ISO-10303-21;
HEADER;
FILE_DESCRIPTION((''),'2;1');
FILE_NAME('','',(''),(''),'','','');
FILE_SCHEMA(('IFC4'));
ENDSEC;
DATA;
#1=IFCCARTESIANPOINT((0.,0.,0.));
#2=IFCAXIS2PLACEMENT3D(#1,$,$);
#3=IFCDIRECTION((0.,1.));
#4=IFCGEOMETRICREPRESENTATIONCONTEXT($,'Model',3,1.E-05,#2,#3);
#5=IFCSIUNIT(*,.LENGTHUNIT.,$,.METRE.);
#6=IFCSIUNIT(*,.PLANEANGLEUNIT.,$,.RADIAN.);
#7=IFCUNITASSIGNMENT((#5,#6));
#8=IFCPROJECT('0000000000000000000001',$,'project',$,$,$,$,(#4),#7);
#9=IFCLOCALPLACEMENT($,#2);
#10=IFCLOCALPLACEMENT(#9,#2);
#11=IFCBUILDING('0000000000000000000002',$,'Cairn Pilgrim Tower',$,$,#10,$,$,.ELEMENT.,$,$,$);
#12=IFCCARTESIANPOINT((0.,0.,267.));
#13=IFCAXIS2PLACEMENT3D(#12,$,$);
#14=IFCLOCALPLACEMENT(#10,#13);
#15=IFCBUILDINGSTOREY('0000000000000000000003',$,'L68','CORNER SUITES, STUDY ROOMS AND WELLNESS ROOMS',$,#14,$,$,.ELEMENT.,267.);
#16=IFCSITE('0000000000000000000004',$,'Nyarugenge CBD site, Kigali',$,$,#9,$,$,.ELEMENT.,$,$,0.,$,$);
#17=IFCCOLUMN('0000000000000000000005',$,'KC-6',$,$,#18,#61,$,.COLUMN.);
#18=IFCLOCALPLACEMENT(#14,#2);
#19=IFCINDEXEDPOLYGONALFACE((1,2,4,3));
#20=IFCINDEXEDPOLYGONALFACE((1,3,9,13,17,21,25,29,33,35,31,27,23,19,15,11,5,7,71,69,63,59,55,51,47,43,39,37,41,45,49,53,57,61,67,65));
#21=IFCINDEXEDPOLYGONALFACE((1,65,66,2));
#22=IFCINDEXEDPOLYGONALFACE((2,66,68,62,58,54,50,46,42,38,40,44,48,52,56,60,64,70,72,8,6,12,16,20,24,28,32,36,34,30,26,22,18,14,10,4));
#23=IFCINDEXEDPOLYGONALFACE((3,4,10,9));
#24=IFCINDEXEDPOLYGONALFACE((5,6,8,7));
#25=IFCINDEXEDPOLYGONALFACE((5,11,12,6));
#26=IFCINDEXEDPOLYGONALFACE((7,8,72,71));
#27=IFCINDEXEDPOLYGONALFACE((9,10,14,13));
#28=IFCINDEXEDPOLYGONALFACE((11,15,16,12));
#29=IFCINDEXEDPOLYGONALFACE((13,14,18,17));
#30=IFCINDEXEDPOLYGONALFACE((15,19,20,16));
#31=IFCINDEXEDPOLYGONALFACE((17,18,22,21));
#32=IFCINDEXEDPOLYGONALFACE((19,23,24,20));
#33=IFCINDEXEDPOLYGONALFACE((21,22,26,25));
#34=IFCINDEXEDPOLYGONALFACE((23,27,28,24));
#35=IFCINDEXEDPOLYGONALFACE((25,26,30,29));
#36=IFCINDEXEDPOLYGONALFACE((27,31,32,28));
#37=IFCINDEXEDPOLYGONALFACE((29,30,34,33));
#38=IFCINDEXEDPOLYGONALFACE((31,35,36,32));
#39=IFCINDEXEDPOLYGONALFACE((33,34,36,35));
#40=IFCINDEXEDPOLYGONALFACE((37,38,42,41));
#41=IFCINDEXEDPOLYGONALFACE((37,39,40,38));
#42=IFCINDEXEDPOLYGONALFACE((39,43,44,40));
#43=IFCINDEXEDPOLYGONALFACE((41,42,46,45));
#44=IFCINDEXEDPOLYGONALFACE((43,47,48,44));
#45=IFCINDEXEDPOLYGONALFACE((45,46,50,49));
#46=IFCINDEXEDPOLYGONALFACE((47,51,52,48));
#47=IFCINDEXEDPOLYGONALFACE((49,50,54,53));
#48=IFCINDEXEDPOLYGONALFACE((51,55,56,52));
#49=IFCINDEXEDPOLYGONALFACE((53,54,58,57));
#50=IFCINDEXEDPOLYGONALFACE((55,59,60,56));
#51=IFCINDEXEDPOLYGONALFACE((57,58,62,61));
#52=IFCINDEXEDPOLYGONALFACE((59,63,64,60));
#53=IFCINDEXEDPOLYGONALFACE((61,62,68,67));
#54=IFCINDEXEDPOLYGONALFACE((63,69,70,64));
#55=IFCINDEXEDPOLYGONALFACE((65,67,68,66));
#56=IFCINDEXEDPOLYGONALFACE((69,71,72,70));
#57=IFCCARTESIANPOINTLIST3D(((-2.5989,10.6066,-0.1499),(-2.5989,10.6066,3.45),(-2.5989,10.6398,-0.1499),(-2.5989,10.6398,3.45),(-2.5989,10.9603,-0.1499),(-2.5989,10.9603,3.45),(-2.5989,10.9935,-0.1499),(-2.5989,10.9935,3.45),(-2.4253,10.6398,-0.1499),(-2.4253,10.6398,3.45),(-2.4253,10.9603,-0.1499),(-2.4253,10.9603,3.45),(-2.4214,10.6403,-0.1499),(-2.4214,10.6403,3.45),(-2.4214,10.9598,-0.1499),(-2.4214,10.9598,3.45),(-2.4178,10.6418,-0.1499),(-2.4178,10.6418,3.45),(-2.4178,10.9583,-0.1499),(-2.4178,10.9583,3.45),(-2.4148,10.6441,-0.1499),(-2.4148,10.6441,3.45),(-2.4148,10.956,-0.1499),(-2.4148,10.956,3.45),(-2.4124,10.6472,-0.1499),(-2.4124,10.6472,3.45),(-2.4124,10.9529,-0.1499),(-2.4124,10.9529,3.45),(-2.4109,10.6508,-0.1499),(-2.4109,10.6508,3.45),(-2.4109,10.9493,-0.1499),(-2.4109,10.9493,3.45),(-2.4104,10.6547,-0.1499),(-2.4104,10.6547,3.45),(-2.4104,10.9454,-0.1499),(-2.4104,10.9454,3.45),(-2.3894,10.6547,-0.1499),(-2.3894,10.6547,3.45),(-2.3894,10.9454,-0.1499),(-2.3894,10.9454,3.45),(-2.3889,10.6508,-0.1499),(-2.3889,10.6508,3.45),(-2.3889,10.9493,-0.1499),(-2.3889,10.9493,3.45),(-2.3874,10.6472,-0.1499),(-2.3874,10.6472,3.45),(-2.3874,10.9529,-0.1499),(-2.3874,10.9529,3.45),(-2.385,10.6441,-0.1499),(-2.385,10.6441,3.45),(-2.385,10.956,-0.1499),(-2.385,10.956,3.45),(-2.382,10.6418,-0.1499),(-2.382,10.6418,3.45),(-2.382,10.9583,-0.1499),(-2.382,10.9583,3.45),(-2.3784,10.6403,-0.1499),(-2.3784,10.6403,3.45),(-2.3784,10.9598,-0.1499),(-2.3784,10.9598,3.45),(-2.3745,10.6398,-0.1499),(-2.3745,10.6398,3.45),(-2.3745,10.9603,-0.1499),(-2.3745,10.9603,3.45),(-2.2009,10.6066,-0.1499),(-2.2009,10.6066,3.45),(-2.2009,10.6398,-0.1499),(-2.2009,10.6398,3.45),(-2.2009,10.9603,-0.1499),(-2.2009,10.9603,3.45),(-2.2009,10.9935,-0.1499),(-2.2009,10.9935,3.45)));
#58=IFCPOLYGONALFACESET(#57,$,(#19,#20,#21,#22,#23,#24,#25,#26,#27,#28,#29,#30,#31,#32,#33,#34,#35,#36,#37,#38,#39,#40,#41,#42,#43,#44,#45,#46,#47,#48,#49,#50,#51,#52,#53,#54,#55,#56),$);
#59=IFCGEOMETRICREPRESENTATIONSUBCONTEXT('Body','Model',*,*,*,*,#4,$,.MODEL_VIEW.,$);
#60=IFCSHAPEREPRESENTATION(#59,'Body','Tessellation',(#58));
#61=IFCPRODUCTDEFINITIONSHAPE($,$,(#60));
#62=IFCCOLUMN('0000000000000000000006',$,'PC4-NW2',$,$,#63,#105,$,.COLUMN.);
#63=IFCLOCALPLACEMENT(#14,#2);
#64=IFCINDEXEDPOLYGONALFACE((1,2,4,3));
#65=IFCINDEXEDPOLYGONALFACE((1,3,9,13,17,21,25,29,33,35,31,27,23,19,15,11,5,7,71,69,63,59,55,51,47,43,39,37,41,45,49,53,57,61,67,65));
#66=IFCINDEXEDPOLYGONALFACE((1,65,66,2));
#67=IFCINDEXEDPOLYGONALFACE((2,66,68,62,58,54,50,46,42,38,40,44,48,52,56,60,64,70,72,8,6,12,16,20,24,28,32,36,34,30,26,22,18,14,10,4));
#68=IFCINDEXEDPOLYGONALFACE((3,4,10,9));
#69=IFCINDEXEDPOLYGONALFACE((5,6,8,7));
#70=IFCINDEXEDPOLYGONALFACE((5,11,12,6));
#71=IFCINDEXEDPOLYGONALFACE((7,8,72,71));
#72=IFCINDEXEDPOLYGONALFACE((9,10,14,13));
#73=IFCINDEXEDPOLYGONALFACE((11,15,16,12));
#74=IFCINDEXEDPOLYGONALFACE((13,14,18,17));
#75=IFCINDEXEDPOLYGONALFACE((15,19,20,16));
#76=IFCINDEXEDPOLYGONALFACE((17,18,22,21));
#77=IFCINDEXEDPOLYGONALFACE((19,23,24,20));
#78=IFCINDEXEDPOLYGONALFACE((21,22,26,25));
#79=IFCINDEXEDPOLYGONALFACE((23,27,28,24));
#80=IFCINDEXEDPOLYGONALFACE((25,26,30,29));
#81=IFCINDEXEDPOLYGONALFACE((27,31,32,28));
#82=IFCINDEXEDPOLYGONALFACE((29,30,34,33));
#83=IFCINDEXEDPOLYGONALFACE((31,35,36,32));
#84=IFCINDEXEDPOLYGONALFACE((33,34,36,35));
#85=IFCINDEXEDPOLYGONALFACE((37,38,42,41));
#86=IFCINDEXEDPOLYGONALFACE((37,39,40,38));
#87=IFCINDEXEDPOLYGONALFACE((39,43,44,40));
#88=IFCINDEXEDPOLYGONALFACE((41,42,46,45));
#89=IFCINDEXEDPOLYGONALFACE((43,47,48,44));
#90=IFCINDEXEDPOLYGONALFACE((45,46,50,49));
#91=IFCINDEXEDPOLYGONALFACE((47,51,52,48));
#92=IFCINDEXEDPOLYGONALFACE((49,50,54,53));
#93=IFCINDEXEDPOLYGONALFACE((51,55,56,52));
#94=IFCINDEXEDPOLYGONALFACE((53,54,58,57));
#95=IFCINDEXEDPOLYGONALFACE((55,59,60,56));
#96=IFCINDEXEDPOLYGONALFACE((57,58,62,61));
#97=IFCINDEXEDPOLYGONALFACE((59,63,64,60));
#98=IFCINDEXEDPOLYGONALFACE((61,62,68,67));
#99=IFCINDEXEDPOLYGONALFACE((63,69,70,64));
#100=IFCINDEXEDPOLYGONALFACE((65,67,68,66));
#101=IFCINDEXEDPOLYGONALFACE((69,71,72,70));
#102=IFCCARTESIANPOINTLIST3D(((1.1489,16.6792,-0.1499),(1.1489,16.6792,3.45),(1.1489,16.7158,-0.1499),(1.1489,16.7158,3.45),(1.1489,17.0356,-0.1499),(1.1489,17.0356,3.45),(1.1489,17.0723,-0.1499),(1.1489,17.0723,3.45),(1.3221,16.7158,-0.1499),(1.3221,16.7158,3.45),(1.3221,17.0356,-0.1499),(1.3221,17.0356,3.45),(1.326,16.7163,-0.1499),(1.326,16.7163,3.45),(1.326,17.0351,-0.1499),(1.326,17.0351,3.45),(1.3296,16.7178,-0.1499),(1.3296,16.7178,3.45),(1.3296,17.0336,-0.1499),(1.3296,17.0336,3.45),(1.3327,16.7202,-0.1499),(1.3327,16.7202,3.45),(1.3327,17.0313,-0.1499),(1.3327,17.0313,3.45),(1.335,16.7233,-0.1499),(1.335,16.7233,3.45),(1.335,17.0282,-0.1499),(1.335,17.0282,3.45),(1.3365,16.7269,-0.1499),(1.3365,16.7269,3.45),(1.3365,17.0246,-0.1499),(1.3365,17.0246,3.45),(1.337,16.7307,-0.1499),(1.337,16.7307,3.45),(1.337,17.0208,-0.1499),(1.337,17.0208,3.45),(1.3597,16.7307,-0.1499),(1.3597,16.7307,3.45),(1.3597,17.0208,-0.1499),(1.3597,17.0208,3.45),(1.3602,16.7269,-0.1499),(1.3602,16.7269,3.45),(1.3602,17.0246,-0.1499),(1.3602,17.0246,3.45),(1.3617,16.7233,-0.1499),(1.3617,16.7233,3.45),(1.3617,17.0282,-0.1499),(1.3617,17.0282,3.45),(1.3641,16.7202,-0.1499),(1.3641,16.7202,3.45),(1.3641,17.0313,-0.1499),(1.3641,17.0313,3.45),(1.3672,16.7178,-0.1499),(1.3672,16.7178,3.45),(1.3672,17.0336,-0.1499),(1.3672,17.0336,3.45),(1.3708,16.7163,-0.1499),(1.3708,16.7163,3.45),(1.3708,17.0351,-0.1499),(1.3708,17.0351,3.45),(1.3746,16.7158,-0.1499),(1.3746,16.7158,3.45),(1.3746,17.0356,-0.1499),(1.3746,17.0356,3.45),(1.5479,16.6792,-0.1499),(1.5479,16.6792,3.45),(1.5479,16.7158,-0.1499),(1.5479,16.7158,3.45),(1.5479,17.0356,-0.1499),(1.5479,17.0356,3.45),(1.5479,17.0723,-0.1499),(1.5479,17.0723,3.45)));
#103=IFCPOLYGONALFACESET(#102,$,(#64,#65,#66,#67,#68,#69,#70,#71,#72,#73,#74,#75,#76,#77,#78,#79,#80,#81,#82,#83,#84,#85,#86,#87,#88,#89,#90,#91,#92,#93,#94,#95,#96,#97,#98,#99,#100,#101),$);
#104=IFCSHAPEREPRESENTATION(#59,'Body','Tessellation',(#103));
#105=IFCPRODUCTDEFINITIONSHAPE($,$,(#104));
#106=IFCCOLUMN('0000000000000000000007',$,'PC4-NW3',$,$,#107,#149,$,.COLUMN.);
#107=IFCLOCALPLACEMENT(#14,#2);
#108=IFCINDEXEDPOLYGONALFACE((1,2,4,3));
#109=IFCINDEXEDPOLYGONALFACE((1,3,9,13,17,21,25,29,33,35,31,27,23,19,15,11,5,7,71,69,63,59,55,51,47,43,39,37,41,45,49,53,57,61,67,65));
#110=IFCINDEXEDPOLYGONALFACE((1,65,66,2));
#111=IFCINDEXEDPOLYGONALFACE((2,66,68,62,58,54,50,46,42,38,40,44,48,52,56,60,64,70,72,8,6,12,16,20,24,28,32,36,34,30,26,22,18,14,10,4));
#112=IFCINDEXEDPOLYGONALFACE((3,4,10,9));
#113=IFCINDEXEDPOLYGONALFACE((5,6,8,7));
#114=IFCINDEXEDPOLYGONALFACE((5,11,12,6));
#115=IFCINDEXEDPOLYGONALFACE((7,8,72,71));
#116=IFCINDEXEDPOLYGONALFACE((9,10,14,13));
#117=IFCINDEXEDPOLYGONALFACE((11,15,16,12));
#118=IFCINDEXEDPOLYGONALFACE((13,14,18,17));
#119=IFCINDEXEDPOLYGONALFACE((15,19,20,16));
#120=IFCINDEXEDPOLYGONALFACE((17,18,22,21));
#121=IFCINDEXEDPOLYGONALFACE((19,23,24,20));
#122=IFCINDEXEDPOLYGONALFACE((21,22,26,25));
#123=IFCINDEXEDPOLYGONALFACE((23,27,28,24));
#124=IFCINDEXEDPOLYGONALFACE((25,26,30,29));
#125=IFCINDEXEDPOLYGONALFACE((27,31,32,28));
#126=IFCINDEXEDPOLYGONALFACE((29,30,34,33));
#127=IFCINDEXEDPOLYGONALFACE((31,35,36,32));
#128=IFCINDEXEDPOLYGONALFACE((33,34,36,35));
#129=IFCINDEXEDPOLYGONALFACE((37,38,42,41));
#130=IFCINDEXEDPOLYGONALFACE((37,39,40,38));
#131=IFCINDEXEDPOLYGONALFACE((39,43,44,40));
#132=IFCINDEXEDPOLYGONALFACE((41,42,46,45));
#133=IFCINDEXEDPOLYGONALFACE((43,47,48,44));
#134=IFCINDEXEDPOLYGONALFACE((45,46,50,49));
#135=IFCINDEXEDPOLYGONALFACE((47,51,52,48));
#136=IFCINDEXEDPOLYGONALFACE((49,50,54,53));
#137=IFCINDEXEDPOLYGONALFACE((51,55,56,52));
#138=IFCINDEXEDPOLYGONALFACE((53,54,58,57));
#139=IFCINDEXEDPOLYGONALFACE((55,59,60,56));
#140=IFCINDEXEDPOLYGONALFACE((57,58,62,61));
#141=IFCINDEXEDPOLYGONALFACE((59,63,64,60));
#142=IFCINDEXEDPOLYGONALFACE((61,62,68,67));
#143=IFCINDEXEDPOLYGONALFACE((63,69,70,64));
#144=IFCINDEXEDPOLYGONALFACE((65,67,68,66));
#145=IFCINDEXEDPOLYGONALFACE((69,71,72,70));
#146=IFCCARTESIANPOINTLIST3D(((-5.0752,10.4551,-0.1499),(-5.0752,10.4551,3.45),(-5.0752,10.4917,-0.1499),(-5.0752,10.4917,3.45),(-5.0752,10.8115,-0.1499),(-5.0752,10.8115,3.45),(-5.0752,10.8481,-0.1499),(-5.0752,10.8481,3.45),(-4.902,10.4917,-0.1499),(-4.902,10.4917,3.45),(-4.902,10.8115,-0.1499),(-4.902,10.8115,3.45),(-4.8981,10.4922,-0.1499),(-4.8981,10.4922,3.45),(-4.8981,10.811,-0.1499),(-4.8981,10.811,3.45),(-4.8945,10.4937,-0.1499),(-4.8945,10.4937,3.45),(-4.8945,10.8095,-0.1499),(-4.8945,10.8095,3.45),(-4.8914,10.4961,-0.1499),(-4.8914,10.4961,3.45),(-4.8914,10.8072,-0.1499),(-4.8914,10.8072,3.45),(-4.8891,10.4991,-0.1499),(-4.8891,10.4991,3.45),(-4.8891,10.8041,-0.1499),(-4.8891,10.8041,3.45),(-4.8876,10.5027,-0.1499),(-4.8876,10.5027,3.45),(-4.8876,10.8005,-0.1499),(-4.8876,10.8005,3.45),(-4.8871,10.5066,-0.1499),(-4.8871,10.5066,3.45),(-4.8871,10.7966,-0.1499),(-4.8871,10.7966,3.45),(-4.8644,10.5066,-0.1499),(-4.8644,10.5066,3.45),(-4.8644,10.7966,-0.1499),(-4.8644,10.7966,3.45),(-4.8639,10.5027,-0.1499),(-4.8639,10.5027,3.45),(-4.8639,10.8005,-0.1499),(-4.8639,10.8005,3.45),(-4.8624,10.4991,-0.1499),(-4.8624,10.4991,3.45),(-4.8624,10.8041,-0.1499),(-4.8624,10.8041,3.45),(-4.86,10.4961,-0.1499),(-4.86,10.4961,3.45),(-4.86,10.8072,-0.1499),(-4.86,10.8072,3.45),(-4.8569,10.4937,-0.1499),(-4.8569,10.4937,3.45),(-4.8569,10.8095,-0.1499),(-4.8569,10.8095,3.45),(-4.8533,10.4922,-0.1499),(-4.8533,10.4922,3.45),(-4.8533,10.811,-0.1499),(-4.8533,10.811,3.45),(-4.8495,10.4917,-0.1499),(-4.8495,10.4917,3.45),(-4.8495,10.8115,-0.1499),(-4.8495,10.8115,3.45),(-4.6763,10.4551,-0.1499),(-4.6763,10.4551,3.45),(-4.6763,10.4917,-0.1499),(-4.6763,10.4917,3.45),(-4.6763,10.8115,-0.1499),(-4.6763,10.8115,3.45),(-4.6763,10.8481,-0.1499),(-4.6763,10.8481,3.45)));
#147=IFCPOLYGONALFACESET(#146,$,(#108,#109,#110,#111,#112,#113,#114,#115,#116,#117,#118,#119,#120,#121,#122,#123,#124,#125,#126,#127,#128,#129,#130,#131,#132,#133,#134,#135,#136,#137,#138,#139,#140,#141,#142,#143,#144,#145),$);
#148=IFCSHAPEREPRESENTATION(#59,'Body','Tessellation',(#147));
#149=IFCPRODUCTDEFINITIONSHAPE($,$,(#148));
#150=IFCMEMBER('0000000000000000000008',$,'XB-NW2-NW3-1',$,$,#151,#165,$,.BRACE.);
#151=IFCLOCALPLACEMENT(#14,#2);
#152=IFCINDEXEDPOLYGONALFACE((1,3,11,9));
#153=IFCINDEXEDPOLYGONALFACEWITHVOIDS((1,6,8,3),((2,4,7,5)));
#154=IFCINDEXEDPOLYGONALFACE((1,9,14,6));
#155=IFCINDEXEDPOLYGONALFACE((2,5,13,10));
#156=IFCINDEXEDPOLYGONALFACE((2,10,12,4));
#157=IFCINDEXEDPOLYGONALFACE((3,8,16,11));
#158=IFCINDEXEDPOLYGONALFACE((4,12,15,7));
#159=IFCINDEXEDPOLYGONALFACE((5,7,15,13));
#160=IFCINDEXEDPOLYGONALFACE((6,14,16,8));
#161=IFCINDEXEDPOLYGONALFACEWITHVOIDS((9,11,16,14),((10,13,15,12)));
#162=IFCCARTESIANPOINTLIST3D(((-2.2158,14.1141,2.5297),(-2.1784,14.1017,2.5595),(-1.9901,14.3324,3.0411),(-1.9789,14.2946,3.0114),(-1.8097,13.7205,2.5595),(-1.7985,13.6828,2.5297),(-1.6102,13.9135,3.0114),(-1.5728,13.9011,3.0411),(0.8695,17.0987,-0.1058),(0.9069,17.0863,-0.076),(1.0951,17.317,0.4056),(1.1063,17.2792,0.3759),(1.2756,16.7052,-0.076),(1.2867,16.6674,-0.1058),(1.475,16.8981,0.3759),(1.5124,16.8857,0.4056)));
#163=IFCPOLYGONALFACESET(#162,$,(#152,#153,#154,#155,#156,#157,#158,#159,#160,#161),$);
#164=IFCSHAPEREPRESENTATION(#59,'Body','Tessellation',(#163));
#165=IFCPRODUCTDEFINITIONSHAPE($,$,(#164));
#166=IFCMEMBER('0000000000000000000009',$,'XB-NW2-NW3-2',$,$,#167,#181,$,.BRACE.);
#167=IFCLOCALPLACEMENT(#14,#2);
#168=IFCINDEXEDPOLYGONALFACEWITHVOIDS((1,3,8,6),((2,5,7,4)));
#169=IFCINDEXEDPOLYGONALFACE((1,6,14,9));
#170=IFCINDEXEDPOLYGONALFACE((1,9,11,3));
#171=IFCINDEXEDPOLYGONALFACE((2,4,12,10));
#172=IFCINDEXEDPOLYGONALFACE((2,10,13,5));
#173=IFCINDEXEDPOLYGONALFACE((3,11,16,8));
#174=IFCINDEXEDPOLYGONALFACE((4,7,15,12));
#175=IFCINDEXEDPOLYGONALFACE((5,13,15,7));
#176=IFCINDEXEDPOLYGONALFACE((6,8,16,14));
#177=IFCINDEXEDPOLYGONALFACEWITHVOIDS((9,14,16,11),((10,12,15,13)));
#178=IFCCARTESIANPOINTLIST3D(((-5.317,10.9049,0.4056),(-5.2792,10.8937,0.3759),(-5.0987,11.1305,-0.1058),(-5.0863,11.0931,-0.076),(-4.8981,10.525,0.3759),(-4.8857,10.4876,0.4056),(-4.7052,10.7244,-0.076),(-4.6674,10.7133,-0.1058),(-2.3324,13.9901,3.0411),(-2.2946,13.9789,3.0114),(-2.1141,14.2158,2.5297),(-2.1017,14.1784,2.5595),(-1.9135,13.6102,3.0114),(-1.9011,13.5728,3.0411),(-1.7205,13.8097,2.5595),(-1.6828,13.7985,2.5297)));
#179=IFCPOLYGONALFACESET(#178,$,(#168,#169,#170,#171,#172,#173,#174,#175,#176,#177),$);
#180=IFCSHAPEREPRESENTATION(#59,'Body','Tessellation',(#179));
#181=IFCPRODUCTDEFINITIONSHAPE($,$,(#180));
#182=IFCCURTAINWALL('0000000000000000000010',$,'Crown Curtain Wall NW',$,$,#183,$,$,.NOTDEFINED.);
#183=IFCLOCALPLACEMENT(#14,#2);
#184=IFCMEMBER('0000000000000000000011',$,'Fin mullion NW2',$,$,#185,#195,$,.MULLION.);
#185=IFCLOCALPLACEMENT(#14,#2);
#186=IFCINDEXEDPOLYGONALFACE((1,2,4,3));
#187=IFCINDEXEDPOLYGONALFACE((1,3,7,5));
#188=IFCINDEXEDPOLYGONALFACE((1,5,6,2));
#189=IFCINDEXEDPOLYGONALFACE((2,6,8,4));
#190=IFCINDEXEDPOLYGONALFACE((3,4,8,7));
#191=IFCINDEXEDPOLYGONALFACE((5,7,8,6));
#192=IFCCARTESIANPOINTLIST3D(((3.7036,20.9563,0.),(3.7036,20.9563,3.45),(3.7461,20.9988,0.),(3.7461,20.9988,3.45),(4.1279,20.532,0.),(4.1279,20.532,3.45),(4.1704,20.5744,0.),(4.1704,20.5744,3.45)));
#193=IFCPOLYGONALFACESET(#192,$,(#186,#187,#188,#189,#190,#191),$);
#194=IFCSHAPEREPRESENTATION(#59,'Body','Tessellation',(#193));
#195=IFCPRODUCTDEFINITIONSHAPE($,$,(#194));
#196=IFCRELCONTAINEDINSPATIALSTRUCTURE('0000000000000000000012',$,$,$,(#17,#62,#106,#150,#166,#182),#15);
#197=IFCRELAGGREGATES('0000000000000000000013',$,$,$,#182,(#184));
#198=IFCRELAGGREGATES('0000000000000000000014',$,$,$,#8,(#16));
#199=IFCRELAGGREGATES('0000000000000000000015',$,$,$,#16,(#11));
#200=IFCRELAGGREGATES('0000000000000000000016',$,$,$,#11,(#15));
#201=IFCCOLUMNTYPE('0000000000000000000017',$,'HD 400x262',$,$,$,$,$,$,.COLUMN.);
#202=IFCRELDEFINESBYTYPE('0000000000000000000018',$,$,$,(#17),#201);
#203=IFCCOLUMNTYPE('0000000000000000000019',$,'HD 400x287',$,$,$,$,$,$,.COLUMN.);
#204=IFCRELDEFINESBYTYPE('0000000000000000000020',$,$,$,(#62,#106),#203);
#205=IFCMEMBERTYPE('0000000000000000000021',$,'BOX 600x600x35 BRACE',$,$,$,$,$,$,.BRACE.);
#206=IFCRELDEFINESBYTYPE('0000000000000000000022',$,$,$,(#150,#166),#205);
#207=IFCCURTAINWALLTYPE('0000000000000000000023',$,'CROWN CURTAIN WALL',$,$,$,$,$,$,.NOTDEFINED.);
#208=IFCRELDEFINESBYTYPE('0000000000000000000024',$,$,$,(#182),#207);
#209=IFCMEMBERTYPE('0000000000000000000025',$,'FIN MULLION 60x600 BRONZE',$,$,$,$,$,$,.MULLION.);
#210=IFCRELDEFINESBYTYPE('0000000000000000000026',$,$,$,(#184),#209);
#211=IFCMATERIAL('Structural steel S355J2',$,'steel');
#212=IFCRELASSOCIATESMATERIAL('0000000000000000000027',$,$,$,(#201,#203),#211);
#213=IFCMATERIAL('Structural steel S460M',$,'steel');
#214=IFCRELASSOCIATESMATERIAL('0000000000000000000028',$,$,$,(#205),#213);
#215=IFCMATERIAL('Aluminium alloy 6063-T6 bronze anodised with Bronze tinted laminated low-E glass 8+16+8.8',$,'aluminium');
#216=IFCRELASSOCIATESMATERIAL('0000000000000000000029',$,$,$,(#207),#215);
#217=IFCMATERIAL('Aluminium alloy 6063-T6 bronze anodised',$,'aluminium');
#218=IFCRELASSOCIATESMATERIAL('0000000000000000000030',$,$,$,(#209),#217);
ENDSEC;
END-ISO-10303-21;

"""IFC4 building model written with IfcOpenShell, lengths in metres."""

from ifc_helpers import new_model, si_unit, direction, frame, origin, origin_2d, place, context, subcontext, project, spatial, rectangle, hollow_rectangle, i_section, extrude, material, material_profile, profile_set, type_object, element, aggregate, save


model = new_model("IFC4")

# Units and contexts
model_context = context("Model", 3, precision=1e-05, world=origin(), true_north=direction((0.0, 1.0)))
body_context = subcontext(model_context, "Body", "Model", "MODEL_VIEW")
ifc_project = project(units=[si_unit("LENGTHUNIT", "METRE"), si_unit("PLANEANGLEUNIT", "RADIAN")], contexts=[model_context])

# Site, building, storey
site_placement = place(None, origin())
site = spatial("IfcSite", under=ifc_project, at=site_placement, Name="Nyarugenge CBD site, Kigali", CompositionType="ELEMENT", RefElevation=0.0)
building_placement = place(site_placement, origin())
building = spatial("IfcBuilding", under=site, at=building_placement, Name="Cairn Pilgrim Tower", CompositionType="ELEMENT")
storey_placement = place(building_placement, frame((0.0, 0.0, 267.0)))
storey = spatial("IfcBuildingStorey", under=building, at=storey_placement, Name="L68", Description="CORNER SUITES, STUDY ROOMS AND WELLNESS ROOMS", CompositionType="ELEMENT", Elevation=267.0)

# Columns
ifc_material_1 = material(Name="Structural steel S355J2", Category="steel")
ifc_material_profile_1 = material_profile(ifc_material_1, i_section(OverallWidth=0.3979, OverallDepth=0.387, WebThickness=0.021, FlangeThickness=0.0332, FilletRadius=0.0149, at=origin_2d()), Name="HD 400x262")
ifc_profile_set_1 = profile_set([ifc_material_profile_1], Name="Structural steel S355J2")
column_type_1 = type_object("IfcColumnType", Name="HD 400x262", PredefinedType="COLUMN", material=ifc_profile_set_1)
column_placement = place(storey_placement, frame((-2.3999, 10.8, -0.1499), z_axis=(0.0, 0.0, 1.0), x_axis=(1.0, 0.0, 0.0)))
element("IfcColumn", 1, at=column_placement, inside=storey, type_object=column_type_1, Name="KC-6", PredefinedType="COLUMN", context=body_context, shape_type="SweptSolid", body=[
    extrude(i_section(OverallWidth=0.3979, OverallDepth=0.387, WebThickness=0.021, FlangeThickness=0.0332, FilletRadius=0.0149, at=origin_2d()), origin(), (0.0, 0.0, 1.0), 3.5999),
])
ifc_material_profile_2 = material_profile(ifc_material_1, i_section(OverallWidth=0.3989, OverallDepth=0.3931, WebThickness=0.0227, FlangeThickness=0.0366, FilletRadius=0.0149, at=origin_2d()), Name="HD 400x287")
ifc_profile_set_2 = profile_set([ifc_material_profile_2], Name="Structural steel S355J2")
column_type_2 = type_object("IfcColumnType", Name="HD 400x287", PredefinedType="COLUMN", material=ifc_profile_set_2)
for number, where, z_axis, x_axis, name in (
    (2, (1.3484, 16.8757, -0.1499), (0.0, 0.0, 1.0), (1.0, 0.0, 0.0), "PC4-NW2"),
    (3, (-4.8757, 10.6516, -0.1499), (0.0, 0.0, 1.0), (1.0, 0.0, 0.0), "PC4-NW3"),
):
    element("IfcColumn", number, at=place(storey_placement, frame(where, z_axis=z_axis, x_axis=x_axis)), inside=storey, type_object=column_type_2, Name=name, PredefinedType="COLUMN", context=body_context, shape_type="SweptSolid", body=[
        extrude(i_section(OverallWidth=0.3989, OverallDepth=0.3931, WebThickness=0.0227, FlangeThickness=0.0366, FilletRadius=0.0149, at=origin_2d()), origin(), (0.0, 0.0, 1.0), 3.5999),
    ])

# Members
ifc_material_2 = material(Name="Structural steel S460M", Category="steel")
ifc_material_profile_3 = material_profile(ifc_material_2, hollow_rectangle(XDim=0.6001, YDim=0.6001, WallThickness=0.0349, at=origin_2d()), Name="BOX 600x600x35")
ifc_profile_set_3 = profile_set([ifc_material_profile_3], Name="Structural steel S460M")
member_type_1 = type_object("IfcMemberType", Name="BOX 600x600x35 BRACE", PredefinedType="BRACE", material=ifc_profile_set_3)
for number, where, z_axis, x_axis, name in (
    (4, (1.1909, 16.9922, 0.1499), (-0.612497, -0.592528, 0.523218), (0.695294, -0.718726, 0.0), "XB-NW2-NW3-1"),
    (5, (-4.9922, 10.8091, 0.1499), (0.592528, 0.612497, 0.523218), (-0.718726, 0.695294, 0.0), "XB-NW2-NW3-2"),
):
    element("IfcMember", number, at=place(storey_placement, frame(where, z_axis=z_axis, x_axis=x_axis)), inside=storey, type_object=member_type_1, Name=name, PredefinedType="BRACE", context=body_context, shape_type="SweptSolid", body=[
        extrude(hollow_rectangle(XDim=0.6001, YDim=0.6001, WallThickness=0.0349, at=origin_2d()), origin(), (0.0, 0.0, 1.0), 5.0371),
    ])

# Curtain wall, member
ifc_material_3 = material(Name="Aluminium alloy 6063-T6 bronze anodised with Bronze tinted laminated low-E glass 8+16+8.8", Category="aluminium")
curtain_wall_type = type_object("IfcCurtainWallType", Name="CROWN CURTAIN WALL", PredefinedType="NOTDEFINED", material=ifc_material_3)
curtain_wall_placement = place(storey_placement, origin())
curtain_wall = element("IfcCurtainWall", 6, at=curtain_wall_placement, inside=storey, type_object=curtain_wall_type, Name="Crown Curtain Wall NW", PredefinedType="NOTDEFINED")
ifc_material_4 = material(Name="Aluminium alloy 6063-T6 bronze anodised", Category="aluminium")
ifc_material_profile_4 = material_profile(ifc_material_4, rectangle(XDim=0.6001, YDim=0.0601, at=origin_2d()), Name="FIN MULLION 60x600 BRONZE")
ifc_profile_set_4 = profile_set([ifc_material_profile_4], Name="Aluminium alloy 6063-T6 bronze anodised")
member_type_2 = type_object("IfcMemberType", Name="FIN MULLION 60x600 BRONZE", PredefinedType="MULLION", material=ifc_profile_set_4)
member_1_placement = place(storey_placement, frame((3.937, 20.7654, 0.0), z_axis=(0.0, 0.0, 1.0), x_axis=(-0.707107, 0.707107, 0.0)))
member_1 = element("IfcMember", 7, at=member_1_placement, type_object=member_type_2, Name="Fin mullion NW2", PredefinedType="MULLION", context=body_context, shape_type="SweptSolid", body=[
    extrude(rectangle(XDim=0.6001, YDim=0.0601, at=origin_2d()), origin(), (0.0, 0.0, 1.0), 3.45),
])

aggregate(curtain_wall, [member_1])

save(model, "model.ifc")
